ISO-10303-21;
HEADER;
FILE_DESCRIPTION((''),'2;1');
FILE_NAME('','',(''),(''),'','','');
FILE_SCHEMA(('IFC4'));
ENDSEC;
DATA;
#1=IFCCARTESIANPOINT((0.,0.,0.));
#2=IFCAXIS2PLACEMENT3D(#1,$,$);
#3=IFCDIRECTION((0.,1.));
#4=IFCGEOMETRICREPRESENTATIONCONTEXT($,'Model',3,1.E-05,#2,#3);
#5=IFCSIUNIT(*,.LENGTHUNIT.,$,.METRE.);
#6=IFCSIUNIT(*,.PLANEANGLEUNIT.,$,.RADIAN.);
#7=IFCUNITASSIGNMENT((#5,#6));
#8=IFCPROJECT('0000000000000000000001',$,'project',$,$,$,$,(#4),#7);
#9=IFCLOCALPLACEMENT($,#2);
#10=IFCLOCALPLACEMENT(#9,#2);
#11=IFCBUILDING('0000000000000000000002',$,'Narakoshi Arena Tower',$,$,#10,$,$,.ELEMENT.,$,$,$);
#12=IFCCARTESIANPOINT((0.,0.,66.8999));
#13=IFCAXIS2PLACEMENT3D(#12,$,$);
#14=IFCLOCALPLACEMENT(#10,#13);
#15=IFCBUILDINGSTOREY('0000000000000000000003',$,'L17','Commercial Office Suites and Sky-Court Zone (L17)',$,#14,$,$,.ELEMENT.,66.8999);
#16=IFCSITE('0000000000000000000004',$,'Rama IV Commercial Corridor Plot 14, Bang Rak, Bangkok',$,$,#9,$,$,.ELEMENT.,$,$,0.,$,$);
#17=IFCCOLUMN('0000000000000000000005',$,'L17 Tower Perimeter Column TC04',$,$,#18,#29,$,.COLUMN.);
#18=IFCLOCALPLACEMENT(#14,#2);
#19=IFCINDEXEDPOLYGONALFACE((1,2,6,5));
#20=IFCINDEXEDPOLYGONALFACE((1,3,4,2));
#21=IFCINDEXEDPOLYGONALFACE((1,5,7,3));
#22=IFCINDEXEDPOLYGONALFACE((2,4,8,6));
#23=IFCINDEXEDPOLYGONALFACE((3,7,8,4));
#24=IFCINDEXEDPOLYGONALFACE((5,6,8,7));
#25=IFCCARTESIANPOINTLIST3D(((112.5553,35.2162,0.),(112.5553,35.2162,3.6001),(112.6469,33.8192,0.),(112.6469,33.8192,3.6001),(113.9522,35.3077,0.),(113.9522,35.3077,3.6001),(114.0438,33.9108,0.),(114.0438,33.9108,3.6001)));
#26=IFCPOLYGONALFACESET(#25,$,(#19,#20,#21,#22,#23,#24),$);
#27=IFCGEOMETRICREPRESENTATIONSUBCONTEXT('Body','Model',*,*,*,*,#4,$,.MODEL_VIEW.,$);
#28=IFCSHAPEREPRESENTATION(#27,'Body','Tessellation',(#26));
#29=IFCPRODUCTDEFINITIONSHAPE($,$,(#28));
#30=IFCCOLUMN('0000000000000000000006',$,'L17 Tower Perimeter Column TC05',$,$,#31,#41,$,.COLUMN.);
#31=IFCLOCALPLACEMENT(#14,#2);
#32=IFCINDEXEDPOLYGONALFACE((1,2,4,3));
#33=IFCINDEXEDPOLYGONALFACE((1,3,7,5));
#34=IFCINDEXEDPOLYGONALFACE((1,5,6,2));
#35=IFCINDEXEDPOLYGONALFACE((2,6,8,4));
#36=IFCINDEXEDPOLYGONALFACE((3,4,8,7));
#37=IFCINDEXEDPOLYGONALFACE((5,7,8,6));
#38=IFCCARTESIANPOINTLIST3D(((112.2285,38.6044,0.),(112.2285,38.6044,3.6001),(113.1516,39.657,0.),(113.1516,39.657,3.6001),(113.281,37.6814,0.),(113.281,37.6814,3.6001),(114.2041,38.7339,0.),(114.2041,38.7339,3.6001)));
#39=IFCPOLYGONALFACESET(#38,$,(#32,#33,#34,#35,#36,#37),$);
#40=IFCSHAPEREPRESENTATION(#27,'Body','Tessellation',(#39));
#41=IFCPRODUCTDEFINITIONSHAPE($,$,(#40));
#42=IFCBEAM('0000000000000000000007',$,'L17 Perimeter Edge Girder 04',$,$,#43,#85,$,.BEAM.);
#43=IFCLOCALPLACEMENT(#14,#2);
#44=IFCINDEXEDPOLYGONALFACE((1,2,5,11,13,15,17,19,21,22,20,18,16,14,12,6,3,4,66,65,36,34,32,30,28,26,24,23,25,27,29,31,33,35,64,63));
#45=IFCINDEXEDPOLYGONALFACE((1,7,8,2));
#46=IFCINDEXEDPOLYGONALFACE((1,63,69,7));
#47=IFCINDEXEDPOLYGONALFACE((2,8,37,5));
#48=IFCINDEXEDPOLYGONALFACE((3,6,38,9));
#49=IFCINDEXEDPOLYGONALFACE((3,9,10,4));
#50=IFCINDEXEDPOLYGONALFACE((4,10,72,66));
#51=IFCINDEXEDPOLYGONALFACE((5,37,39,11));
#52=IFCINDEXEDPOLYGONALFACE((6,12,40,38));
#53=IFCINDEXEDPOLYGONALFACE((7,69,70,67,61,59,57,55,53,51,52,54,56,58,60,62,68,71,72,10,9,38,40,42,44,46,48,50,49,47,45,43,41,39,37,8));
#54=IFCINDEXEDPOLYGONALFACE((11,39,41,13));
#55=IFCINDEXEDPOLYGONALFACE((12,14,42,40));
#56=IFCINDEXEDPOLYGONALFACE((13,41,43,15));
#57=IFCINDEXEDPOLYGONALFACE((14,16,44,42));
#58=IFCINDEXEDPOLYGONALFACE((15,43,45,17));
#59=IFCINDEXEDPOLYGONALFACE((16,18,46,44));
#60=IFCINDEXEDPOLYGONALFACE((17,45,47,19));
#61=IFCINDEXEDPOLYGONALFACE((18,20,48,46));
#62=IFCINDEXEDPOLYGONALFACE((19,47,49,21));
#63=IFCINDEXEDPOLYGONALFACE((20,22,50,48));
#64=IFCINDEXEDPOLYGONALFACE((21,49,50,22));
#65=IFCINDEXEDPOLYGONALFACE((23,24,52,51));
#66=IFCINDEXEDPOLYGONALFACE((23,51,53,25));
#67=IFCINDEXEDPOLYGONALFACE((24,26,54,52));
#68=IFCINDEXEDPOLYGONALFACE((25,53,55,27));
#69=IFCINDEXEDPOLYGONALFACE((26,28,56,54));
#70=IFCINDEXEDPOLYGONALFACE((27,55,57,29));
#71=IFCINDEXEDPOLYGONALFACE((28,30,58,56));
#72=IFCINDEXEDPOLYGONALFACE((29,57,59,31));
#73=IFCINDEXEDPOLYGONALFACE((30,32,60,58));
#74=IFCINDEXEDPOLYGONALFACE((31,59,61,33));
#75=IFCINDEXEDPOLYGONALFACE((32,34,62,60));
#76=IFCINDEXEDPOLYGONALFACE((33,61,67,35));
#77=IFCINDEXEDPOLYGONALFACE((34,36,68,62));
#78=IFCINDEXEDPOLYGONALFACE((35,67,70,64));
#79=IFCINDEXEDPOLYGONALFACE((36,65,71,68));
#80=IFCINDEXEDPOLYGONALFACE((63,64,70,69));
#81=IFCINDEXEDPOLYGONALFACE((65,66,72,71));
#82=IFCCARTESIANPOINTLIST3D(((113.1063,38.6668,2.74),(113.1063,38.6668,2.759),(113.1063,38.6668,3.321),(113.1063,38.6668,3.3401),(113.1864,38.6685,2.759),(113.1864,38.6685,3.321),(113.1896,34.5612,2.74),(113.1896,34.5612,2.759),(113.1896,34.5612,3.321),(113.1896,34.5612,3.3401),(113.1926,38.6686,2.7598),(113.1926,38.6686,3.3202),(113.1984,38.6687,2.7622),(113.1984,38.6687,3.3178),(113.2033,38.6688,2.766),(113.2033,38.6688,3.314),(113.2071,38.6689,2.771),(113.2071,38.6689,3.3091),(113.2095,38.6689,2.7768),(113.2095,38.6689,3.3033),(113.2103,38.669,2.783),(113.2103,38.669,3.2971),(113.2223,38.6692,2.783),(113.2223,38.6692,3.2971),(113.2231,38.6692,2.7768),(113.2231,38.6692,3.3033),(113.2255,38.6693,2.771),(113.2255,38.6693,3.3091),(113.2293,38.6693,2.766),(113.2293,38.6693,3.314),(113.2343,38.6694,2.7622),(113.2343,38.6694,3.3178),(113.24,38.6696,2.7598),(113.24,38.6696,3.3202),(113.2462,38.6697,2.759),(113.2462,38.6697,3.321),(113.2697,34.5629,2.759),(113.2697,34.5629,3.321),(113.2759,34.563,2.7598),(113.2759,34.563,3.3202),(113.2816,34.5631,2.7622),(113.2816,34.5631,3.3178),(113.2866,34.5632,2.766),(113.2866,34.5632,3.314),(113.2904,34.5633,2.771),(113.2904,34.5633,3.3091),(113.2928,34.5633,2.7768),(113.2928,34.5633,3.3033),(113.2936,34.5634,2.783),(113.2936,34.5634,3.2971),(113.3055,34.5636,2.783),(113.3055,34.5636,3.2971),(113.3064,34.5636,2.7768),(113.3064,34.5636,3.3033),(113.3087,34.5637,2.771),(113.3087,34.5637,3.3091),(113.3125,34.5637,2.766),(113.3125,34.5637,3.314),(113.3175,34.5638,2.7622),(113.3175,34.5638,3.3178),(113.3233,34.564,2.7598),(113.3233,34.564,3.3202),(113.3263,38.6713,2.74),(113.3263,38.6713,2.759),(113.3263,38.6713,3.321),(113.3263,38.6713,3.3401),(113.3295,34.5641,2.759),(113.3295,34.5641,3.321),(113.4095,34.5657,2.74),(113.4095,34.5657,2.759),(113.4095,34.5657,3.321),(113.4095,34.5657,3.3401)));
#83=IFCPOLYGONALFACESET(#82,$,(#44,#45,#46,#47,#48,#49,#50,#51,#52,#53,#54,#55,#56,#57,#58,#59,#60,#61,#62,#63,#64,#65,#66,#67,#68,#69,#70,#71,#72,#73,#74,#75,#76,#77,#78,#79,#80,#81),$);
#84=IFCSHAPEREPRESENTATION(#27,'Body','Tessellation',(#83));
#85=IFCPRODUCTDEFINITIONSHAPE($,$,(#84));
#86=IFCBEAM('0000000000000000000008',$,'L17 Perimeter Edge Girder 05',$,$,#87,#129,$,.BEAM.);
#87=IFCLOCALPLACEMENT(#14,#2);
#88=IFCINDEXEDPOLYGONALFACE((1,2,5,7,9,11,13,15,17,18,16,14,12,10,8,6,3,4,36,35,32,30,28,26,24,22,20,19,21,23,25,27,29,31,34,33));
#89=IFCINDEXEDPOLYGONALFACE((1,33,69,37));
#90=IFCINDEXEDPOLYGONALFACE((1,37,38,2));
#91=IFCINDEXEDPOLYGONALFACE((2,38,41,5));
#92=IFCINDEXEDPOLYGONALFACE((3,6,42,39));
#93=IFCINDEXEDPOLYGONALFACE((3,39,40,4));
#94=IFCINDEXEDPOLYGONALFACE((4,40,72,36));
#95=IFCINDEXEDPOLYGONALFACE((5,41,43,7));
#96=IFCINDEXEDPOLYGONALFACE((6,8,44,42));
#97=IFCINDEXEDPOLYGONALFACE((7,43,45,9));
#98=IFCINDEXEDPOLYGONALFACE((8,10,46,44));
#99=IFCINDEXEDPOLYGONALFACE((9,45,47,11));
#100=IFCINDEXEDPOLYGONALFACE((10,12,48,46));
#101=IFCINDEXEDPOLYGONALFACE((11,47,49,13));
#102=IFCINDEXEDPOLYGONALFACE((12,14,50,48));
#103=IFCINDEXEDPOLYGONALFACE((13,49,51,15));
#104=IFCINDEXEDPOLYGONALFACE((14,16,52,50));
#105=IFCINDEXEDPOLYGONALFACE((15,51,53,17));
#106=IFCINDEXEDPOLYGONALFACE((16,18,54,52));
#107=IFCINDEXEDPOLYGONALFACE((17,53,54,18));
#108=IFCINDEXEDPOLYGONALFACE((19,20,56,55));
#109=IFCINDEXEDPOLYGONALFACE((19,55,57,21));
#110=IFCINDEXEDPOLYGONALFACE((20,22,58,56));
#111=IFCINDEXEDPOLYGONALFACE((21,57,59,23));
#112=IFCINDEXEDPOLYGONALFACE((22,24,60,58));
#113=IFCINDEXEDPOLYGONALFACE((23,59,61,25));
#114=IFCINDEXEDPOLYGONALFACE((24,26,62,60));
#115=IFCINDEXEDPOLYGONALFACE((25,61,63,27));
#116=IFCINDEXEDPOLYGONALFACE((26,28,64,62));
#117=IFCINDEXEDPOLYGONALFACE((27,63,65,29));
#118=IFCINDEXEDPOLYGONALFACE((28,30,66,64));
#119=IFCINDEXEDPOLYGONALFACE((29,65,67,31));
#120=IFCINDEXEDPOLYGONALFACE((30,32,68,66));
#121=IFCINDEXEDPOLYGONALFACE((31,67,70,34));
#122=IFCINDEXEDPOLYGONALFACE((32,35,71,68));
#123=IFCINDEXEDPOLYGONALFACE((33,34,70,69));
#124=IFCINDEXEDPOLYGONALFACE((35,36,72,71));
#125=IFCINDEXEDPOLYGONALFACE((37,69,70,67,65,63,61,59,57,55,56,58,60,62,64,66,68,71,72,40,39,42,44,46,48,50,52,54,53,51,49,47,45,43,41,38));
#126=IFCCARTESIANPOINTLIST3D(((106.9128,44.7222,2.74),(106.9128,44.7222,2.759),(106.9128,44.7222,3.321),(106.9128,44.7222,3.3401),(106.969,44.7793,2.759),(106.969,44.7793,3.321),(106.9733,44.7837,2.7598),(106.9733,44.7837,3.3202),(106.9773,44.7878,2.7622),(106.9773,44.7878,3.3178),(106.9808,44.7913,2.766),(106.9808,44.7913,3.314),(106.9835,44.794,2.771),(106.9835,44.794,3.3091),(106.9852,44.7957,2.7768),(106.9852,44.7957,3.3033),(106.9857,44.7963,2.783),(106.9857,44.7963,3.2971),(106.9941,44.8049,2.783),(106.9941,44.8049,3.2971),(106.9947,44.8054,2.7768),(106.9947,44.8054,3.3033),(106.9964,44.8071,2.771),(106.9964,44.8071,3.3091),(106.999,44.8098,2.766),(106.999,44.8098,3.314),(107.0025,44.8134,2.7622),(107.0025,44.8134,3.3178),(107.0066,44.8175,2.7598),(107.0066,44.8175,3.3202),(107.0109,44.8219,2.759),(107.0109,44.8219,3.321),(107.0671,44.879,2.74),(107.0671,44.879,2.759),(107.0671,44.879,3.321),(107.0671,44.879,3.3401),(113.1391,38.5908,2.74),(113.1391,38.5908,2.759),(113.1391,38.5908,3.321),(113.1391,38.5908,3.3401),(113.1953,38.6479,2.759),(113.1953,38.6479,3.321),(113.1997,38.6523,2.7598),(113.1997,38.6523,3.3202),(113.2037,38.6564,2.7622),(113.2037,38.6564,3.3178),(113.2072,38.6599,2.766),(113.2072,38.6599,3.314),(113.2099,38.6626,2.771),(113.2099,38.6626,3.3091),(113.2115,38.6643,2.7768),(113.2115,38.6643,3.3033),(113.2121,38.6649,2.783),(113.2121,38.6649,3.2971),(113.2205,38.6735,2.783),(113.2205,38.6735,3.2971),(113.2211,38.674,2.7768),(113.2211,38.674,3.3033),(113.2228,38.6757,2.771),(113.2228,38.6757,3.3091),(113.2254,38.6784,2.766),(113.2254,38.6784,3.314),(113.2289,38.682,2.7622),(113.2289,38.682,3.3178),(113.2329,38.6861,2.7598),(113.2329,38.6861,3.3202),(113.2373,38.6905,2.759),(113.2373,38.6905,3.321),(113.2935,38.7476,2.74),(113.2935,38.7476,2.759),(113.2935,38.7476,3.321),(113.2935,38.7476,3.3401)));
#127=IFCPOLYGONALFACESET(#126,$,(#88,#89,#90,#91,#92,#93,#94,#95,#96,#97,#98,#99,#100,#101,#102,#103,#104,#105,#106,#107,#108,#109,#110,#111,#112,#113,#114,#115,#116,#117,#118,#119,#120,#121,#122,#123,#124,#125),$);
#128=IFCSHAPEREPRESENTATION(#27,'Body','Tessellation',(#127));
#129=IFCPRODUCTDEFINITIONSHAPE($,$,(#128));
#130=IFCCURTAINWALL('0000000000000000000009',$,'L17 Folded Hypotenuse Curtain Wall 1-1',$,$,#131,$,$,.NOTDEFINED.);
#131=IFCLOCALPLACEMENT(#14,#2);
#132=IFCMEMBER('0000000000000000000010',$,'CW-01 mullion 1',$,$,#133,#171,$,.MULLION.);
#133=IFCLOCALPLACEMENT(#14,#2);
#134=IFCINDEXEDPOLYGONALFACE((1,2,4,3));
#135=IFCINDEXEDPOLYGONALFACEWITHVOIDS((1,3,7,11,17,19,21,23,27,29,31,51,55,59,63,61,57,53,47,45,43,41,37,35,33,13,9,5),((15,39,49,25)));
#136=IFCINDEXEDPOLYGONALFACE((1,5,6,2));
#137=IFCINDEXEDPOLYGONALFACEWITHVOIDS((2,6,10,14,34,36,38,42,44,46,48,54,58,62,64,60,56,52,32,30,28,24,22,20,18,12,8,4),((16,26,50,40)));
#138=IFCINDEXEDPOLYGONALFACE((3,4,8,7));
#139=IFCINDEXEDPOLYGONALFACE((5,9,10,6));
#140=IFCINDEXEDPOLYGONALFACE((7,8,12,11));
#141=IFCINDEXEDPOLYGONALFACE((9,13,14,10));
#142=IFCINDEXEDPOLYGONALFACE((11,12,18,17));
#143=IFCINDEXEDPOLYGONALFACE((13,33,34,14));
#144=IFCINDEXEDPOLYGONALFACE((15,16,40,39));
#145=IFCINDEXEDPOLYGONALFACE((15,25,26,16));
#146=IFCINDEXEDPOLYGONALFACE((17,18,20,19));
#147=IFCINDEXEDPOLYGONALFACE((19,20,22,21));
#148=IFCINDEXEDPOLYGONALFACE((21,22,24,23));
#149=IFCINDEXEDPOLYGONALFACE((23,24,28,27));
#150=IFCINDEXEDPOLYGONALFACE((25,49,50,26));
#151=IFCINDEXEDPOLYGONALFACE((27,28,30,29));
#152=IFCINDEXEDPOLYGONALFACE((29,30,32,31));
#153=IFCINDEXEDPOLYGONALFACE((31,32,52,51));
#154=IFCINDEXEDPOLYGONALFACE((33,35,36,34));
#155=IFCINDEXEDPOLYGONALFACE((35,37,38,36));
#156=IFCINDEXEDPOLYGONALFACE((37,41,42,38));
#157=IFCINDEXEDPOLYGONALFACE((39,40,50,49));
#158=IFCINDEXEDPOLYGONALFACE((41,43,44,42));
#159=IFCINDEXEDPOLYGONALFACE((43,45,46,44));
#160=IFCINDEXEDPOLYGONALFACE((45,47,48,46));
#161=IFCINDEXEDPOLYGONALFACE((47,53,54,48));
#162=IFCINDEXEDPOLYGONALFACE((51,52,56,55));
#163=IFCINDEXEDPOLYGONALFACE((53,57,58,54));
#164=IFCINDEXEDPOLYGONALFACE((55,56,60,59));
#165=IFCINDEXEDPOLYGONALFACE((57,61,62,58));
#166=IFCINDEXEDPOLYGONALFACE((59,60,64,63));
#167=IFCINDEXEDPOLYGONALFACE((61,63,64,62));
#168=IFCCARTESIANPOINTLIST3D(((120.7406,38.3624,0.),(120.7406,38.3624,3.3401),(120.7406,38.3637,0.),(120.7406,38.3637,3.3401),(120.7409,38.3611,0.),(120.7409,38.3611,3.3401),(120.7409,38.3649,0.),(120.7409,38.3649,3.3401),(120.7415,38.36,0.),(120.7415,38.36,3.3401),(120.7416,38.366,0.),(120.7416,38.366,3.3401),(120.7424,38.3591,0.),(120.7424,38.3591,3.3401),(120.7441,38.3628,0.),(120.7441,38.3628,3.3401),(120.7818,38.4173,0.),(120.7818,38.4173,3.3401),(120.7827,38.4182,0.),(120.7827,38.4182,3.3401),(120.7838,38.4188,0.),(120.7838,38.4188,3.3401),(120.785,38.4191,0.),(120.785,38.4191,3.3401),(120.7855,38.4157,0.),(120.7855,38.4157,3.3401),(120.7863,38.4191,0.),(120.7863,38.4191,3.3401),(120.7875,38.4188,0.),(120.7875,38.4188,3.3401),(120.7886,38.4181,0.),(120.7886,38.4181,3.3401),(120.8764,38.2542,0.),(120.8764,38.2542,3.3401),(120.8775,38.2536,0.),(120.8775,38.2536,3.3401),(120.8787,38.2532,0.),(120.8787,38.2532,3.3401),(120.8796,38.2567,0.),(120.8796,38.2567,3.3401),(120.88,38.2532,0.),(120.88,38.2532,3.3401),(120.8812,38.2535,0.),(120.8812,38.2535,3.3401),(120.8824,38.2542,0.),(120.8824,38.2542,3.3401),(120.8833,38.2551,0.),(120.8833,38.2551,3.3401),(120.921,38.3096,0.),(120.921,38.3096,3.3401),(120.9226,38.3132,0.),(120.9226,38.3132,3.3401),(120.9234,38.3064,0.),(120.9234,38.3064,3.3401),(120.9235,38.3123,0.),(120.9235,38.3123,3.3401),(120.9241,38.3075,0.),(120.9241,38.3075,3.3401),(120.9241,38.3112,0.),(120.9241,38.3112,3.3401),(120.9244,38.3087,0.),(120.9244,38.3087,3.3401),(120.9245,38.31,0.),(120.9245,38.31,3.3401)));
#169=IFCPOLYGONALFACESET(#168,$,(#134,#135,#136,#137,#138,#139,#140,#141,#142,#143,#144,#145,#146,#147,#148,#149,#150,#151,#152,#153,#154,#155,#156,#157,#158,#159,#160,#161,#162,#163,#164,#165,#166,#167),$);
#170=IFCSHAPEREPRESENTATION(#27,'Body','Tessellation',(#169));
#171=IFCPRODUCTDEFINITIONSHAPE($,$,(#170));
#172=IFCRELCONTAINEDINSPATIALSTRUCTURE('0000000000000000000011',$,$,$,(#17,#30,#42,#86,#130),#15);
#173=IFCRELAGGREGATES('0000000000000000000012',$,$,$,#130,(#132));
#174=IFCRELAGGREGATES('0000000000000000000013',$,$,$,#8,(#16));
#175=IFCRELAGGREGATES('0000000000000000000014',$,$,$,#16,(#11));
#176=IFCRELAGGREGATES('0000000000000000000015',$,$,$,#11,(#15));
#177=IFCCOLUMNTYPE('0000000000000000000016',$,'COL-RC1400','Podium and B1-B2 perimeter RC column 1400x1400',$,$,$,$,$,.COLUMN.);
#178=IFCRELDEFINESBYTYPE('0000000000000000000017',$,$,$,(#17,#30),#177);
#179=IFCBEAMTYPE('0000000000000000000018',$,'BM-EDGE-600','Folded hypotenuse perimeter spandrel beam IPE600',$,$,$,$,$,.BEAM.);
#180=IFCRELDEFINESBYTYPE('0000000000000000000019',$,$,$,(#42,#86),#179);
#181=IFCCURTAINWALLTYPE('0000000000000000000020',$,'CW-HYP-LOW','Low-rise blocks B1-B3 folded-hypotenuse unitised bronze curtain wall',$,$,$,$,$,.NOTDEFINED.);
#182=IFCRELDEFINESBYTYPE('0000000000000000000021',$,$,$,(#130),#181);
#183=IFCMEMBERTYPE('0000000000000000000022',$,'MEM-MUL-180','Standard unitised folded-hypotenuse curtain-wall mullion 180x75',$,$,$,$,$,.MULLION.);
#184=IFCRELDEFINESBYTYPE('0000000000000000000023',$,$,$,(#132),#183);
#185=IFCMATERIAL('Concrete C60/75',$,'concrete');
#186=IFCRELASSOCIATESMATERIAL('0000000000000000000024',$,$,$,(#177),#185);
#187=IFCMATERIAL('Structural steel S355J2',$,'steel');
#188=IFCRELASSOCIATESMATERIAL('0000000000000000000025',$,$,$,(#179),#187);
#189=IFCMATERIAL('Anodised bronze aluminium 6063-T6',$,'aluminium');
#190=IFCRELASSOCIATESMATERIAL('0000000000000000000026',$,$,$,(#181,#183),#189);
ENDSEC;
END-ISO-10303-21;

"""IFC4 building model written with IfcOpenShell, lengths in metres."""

from ifc_helpers import new_model, si_unit, direction, frame, origin, origin_2d, place, context, subcontext, project, spatial, rectangle, hollow_rectangle, i_section, extrude, material, material_profile, profile_set, type_object, element, aggregate, save


model = new_model("IFC4")

# Units and contexts
model_context = context("Model", 3, precision=1e-05, world=origin(), true_north=direction((0.0, 1.0)))
body_context = subcontext(model_context, "Body", "Model", "MODEL_VIEW")
ifc_project = project(units=[si_unit("LENGTHUNIT", "METRE"), si_unit("PLANEANGLEUNIT", "RADIAN")], contexts=[model_context])

# Site, building, storey
site_placement = place(None, origin())
site = spatial("IfcSite", under=ifc_project, at=site_placement, Name="Rama IV Commercial Corridor Plot 14, Bang Rak, Bangkok", CompositionType="ELEMENT", RefElevation=0.0)
building_placement = place(site_placement, origin())
building = spatial("IfcBuilding", under=site, at=building_placement, Name="Narakoshi Arena Tower", CompositionType="ELEMENT")
storey_placement = place(building_placement, frame((0.0, 0.0, 66.8999)))
storey = spatial("IfcBuildingStorey", under=building, at=storey_placement, Name="L17", Description="Commercial Office Suites and Sky-Court Zone (L17)", CompositionType="ELEMENT", Elevation=66.8999)

# Columns
ifc_material_1 = material(Name="Concrete C60/75", Category="concrete")
ifc_material_profile_1 = material_profile(ifc_material_1, rectangle(XDim=1.3999, YDim=1.3999, at=origin_2d()), Name="RC1400x1400")
ifc_profile_set_1 = profile_set([ifc_material_profile_1], Name="Concrete C60/75")
column_type = type_object("IfcColumnType", Name="COL-RC1400", Description="Podium and B1-B2 perimeter RC column 1400x1400", PredefinedType="COLUMN", material=ifc_profile_set_1)
for number, where, z_axis, x_axis, name in (
    (1, (113.2996, 34.5635, 0.0), (0.0, 0.0, 1.0), (0.997859, 0.065403, 0.0), "L17 Tower Perimeter Column TC04"),
    (2, (113.2163, 38.6692, 0.0), (0.0, 0.0, 1.0), (0.659346, 0.75184, 0.0), "L17 Tower Perimeter Column TC05"),
):
    element("IfcColumn", number, at=place(storey_placement, frame(where, z_axis=z_axis, x_axis=x_axis)), inside=storey, type_object=column_type, Name=name, PredefinedType="COLUMN", context=body_context, shape_type="SweptSolid", body=[
        extrude(rectangle(XDim=1.3999, YDim=1.3999, at=origin_2d()), origin(), (0.0, 0.0, 1.0), 3.6001),
    ])

# Beams
ifc_material_2 = material(Name="Structural steel S355J2", Category="steel")
ifc_material_profile_2 = material_profile(ifc_material_2, i_section(OverallWidth=0.22, OverallDepth=0.6001, WebThickness=0.012, FlangeThickness=0.019, FilletRadius=0.0239, at=origin_2d()), Name="IPE600")
ifc_profile_set_2 = profile_set([ifc_material_profile_2], Name="Structural steel S355J2")
beam_type = type_object("IfcBeamType", Name="BM-EDGE-600", Description="Folded hypotenuse perimeter spandrel beam IPE600", PredefinedType="BEAM", material=ifc_profile_set_2)
beam_1_placement = place(storey_placement, frame((113.2996, 34.5635, 3.04), z_axis=(-0.020273, 0.999794, 0.0), x_axis=(-0.999794, -0.020273, 0.0)))
element("IfcBeam", 3, at=beam_1_placement, inside=storey, type_object=beam_type, Name="L17 Perimeter Edge Girder 04", PredefinedType="BEAM", context=body_context, shape_type="SweptSolid", body=[
    extrude(i_section(OverallWidth=0.22, OverallDepth=0.6001, WebThickness=0.012, FlangeThickness=0.019, FilletRadius=0.0239, at=origin_2d()), origin(), (0.0, 0.0, 1.0), 4.1064),
])
beam_2_placement = place(storey_placement, frame((113.2163, 38.6692, 3.04), z_axis=(-0.71252, 0.701652, 0.0), x_axis=(-0.701652, -0.71252, 0.0)))
element("IfcBeam", 4, at=beam_2_placement, inside=storey, type_object=beam_type, Name="L17 Perimeter Edge Girder 05", PredefinedType="BEAM", context=body_context, shape_type="SweptSolid", body=[
    extrude(i_section(OverallWidth=0.22, OverallDepth=0.6001, WebThickness=0.012, FlangeThickness=0.019, FilletRadius=0.0239, at=origin_2d()), origin(), (0.0, 0.0, 1.0), 8.7385),
])

# Curtain wall, member
ifc_material_3 = material(Name="Anodised bronze aluminium 6063-T6", Category="aluminium")
curtain_wall_type = type_object("IfcCurtainWallType", Name="CW-HYP-LOW", Description="Low-rise blocks B1-B3 folded-hypotenuse unitised bronze curtain wall", PredefinedType="NOTDEFINED", material=ifc_material_3)
curtain_wall_placement = place(storey_placement, origin())
curtain_wall = element("IfcCurtainWall", 5, at=curtain_wall_placement, inside=storey, type_object=curtain_wall_type, Name="L17 Folded Hypotenuse Curtain Wall 1-1", PredefinedType="NOTDEFINED")
ifc_material_profile_3 = material_profile(ifc_material_3, hollow_rectangle(XDim=0.075, YDim=0.1799, WallThickness=0.0039, OuterFilletRadius=0.0049, at=origin_2d()), Name="MUL180x75x4")
ifc_profile_set_3 = profile_set([ifc_material_profile_3], Name="Anodised bronze aluminium 6063-T6")
member_type_1 = type_object("IfcMemberType", Name="MEM-MUL-180", Description="Standard unitised folded-hypotenuse curtain-wall mullion 180x75", PredefinedType="MULLION", material=ifc_profile_set_3)
member_1_placement = place(storey_placement, frame((120.8325, 38.3362, 0.0), z_axis=(0.0, 0.0, 1.0), x_axis=(-0.616458, -0.787388, 0.0)))
member_1 = element("IfcMember", 6, at=member_1_placement, type_object=member_type_1, Name="CW-01 mullion 1", PredefinedType="MULLION", context=body_context, shape_type="SweptSolid", body=[
    extrude(hollow_rectangle(XDim=0.075, YDim=0.1799, WallThickness=0.0039, OuterFilletRadius=0.0049, at=origin_2d()), origin(), (0.0, 0.0, 1.0), 3.3401),
])
aggregate(curtain_wall, [member_1])

save(model, "model.ifc")
